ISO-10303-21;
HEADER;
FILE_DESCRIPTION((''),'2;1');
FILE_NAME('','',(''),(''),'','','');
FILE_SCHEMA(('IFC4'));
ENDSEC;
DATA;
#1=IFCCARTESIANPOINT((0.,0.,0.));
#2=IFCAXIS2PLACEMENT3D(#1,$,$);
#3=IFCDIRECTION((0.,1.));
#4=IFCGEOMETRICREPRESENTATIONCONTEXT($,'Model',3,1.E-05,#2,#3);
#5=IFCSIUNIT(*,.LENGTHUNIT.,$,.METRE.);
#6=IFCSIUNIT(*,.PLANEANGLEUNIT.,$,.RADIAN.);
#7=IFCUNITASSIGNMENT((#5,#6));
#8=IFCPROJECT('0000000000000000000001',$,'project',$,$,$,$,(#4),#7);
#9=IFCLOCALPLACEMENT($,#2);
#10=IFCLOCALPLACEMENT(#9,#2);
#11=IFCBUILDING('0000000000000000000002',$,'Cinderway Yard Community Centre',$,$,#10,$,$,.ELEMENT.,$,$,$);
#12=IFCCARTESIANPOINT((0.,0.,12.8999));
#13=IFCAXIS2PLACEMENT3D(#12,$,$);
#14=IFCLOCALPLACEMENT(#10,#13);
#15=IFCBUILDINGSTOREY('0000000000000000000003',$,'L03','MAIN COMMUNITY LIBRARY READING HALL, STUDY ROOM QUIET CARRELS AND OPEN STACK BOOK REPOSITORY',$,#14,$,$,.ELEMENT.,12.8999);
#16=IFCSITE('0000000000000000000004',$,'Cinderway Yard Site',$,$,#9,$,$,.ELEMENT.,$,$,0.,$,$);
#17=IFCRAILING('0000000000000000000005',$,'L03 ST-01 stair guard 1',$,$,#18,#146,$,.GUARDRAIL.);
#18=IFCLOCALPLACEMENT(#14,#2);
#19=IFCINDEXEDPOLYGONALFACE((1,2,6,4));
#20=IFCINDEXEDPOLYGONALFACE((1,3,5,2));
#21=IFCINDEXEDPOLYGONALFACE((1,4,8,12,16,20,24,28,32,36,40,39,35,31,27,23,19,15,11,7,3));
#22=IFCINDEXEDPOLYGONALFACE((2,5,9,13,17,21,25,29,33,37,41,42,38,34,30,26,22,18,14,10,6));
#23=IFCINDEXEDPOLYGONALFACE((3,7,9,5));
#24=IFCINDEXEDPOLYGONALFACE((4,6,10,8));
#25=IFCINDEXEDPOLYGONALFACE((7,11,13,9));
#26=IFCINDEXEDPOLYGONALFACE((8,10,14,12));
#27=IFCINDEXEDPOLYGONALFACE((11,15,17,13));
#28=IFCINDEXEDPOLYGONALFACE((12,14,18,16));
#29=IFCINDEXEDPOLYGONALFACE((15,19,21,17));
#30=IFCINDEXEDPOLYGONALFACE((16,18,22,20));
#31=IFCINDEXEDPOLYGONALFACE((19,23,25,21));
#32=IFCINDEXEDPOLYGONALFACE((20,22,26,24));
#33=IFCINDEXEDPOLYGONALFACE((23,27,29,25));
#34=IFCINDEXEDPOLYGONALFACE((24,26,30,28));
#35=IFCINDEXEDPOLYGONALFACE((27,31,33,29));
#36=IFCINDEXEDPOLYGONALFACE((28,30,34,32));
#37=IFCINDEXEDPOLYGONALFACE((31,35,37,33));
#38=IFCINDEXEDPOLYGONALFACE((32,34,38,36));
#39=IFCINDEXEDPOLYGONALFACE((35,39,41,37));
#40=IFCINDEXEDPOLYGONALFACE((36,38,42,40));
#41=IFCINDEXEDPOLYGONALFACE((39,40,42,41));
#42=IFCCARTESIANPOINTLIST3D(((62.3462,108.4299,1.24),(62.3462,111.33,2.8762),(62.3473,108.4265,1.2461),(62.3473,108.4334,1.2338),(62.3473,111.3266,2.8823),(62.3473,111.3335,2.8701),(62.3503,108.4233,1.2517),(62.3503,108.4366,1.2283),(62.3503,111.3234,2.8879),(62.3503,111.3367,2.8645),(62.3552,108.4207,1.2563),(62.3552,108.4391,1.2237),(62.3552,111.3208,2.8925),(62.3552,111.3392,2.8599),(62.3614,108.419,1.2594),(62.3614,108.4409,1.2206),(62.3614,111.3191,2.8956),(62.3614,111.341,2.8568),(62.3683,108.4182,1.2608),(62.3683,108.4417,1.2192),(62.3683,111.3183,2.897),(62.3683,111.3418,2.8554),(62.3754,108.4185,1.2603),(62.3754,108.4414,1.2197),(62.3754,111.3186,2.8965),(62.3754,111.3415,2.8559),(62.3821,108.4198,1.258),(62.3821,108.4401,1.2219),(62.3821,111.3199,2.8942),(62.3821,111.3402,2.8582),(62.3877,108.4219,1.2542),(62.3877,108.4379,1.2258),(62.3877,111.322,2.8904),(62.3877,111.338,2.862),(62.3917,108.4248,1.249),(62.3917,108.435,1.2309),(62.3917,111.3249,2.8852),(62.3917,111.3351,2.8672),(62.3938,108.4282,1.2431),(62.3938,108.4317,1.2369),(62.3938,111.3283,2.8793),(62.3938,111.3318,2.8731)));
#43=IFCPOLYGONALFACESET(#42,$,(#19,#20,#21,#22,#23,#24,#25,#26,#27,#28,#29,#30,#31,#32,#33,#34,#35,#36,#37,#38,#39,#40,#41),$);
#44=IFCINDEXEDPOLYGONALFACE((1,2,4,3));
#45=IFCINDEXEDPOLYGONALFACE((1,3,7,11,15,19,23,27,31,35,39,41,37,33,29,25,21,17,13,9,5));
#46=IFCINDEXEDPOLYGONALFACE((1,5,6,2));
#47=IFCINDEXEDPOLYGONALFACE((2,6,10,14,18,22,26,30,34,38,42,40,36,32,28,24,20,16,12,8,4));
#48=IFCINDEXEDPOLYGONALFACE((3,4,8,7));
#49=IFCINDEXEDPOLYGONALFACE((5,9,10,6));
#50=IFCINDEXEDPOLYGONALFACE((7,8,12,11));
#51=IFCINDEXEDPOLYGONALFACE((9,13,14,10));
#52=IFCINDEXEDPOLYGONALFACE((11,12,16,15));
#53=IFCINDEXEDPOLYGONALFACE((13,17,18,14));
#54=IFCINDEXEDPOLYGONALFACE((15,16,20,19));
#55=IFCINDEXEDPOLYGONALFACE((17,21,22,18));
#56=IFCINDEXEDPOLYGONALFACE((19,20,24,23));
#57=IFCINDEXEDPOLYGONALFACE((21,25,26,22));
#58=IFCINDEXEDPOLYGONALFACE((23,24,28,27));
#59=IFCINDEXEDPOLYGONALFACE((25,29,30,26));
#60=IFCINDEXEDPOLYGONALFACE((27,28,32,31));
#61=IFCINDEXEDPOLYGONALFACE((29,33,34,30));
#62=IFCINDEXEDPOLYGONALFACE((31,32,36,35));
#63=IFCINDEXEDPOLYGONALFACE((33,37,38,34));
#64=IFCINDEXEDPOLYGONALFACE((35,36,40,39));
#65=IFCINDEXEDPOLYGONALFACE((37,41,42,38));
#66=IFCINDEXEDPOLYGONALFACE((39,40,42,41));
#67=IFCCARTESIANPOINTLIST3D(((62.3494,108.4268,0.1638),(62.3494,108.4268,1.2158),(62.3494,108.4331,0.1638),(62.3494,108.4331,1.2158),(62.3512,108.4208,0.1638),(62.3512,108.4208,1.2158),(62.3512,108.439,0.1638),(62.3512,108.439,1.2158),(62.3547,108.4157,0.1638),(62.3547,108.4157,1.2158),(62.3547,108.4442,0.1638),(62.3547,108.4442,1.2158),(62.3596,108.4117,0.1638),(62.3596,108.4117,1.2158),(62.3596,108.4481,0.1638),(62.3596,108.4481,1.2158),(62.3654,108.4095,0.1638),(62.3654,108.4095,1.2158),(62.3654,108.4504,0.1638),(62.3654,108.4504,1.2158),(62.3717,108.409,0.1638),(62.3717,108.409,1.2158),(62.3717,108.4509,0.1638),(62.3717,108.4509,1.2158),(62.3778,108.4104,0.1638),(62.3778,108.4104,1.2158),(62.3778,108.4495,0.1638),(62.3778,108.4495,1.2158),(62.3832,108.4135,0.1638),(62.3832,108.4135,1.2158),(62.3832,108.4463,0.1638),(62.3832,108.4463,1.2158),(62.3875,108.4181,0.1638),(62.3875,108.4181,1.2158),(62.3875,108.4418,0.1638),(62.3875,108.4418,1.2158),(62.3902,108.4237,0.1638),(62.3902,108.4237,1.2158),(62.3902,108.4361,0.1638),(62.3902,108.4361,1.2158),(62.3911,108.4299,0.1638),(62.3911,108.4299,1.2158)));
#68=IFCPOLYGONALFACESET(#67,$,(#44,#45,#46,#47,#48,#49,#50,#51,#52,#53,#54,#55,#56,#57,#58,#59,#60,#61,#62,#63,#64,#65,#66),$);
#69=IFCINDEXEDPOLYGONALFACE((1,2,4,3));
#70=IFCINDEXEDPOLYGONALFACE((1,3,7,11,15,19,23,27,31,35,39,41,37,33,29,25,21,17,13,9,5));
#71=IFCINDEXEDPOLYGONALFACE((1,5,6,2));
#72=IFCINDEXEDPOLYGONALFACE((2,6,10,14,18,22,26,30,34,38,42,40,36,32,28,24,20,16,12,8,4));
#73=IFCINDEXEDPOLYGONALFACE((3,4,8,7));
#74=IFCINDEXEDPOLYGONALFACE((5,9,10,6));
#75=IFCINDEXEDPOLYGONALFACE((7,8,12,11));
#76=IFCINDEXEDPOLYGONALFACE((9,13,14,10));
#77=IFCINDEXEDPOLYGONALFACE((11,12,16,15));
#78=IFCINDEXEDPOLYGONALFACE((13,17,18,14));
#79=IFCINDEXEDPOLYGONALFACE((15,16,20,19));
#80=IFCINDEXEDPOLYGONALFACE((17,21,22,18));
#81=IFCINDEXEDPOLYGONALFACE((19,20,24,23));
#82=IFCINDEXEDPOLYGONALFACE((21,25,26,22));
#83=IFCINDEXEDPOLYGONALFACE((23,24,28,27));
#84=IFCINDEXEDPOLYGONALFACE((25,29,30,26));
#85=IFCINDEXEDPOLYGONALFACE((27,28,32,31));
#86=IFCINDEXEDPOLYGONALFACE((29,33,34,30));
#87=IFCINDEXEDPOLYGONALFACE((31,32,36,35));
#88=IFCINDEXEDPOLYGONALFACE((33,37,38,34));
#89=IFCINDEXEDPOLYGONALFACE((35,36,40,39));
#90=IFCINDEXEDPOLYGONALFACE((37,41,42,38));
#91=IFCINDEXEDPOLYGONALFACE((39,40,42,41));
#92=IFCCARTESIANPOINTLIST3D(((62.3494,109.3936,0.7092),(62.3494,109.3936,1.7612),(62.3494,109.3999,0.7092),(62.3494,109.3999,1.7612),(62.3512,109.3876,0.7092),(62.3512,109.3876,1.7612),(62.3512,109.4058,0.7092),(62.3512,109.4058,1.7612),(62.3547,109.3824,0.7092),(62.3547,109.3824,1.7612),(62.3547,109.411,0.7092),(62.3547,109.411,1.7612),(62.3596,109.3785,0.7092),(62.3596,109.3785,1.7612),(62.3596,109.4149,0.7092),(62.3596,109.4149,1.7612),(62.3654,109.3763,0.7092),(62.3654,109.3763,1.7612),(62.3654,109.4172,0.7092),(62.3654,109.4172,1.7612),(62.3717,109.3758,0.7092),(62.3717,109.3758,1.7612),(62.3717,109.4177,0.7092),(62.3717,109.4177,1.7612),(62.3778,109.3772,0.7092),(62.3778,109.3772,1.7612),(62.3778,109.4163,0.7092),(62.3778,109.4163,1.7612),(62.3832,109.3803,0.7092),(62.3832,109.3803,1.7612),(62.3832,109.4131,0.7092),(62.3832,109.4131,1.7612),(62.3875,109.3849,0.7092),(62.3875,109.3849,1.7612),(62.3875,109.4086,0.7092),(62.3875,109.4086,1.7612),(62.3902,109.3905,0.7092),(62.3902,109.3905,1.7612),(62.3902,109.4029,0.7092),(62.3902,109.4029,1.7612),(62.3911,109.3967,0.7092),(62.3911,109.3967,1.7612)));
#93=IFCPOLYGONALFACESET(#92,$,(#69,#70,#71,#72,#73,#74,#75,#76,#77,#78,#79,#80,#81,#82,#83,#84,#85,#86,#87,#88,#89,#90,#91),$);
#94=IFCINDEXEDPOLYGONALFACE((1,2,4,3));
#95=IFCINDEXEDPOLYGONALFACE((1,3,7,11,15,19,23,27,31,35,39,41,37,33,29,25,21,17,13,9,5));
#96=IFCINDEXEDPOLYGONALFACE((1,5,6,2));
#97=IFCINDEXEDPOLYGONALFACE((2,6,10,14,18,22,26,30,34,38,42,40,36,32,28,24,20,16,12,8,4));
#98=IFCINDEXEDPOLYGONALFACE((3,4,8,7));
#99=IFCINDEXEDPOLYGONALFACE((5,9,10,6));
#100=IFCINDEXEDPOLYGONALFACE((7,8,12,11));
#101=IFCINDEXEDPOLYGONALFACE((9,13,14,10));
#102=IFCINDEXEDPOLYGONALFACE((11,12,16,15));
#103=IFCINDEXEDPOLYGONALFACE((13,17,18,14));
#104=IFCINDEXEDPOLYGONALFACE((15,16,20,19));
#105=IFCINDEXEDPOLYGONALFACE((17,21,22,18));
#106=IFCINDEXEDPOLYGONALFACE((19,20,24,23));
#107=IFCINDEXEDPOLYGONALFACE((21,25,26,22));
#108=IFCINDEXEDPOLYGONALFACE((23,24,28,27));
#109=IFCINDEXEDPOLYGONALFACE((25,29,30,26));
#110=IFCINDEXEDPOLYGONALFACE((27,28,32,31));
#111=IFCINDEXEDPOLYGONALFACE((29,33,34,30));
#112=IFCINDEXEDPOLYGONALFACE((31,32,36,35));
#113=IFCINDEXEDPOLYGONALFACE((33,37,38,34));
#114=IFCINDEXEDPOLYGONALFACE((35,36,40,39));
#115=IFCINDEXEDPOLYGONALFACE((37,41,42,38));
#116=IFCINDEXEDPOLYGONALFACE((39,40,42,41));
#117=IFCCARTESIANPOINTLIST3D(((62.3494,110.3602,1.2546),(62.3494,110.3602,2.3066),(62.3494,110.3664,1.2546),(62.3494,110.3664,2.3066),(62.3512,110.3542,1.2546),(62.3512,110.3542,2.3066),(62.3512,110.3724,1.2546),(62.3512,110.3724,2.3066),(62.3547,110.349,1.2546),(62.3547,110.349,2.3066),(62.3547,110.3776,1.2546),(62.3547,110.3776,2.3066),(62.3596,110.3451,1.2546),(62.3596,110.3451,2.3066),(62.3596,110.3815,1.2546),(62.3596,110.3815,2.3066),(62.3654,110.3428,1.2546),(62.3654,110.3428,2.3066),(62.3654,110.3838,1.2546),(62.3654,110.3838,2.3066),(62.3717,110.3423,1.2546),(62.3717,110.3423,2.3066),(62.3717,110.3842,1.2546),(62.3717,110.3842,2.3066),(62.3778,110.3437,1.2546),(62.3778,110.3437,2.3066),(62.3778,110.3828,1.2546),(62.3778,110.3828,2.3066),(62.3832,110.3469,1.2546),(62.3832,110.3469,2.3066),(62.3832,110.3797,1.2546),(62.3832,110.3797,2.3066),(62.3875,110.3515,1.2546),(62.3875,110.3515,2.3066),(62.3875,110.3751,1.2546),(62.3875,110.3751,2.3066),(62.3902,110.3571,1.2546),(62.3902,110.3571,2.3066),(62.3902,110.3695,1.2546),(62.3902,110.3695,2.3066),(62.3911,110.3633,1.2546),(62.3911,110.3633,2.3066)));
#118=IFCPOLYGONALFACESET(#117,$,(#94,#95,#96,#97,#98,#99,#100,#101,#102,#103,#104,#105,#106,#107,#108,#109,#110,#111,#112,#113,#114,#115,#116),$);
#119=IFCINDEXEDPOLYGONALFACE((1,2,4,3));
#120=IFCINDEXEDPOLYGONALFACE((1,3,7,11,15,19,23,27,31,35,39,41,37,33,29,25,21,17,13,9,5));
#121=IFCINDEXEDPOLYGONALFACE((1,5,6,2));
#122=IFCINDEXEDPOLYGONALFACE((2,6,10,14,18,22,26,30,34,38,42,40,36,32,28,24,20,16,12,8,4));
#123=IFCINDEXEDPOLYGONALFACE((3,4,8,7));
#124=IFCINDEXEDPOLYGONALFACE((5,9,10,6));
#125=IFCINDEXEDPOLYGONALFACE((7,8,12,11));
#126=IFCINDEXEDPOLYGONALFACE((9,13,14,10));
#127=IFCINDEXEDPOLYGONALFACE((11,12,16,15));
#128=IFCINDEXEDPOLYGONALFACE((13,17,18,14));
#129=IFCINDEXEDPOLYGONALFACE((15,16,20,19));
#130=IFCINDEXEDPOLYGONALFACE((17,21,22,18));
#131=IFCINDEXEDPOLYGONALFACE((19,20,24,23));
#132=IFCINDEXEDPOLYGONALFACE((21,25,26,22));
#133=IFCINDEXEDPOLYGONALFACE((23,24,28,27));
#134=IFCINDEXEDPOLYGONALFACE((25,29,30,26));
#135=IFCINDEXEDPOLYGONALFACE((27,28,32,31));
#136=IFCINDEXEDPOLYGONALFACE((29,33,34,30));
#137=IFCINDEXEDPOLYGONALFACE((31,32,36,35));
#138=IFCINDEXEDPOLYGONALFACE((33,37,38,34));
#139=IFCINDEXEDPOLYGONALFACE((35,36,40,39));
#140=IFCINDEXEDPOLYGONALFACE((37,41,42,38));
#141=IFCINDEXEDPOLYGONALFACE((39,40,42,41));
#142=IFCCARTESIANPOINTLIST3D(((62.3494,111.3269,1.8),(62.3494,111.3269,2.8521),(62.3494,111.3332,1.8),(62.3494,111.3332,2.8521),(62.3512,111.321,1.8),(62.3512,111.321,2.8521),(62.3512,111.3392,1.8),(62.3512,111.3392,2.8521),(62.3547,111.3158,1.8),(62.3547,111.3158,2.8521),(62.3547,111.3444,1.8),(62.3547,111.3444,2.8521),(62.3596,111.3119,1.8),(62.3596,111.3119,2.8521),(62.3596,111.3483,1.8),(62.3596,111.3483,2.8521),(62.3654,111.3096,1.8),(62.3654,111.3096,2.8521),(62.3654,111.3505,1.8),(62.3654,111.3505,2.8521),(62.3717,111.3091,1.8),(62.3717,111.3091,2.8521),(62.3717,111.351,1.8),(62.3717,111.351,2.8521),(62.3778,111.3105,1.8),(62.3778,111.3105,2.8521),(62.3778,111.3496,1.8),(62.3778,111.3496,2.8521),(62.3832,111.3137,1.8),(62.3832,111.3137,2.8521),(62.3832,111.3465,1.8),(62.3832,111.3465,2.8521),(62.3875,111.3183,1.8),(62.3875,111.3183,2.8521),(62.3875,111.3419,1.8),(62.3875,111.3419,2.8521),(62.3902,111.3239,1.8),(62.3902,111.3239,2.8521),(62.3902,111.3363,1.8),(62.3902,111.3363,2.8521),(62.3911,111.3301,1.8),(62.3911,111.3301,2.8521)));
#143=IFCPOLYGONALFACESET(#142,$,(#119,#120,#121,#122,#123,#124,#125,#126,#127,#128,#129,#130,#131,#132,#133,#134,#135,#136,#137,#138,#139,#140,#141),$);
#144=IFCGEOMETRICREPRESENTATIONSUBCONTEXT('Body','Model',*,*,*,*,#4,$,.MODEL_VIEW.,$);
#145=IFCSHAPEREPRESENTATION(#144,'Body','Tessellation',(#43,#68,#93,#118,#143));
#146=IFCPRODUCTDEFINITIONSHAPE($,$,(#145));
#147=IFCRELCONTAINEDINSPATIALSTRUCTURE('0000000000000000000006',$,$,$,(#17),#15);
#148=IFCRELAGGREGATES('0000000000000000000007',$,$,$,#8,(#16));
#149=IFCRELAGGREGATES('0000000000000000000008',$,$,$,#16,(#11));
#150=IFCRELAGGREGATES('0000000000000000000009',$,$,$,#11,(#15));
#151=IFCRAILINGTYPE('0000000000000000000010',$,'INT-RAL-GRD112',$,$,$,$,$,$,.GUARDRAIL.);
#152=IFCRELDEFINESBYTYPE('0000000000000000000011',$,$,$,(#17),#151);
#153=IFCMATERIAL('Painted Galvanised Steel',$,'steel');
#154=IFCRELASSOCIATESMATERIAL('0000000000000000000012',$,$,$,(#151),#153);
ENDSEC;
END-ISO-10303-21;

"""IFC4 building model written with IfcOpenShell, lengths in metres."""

from ifc_helpers import new_model, si_unit, direction, frame, origin, origin_2d, place, context, subcontext, project, spatial, circle, extrude, material, type_object, element, save


model = new_model("IFC4")

# Units and contexts
model_context = context("Model", 3, precision=1e-05, world=origin(), true_north=direction((0.0, 1.0)))
body_context = subcontext(model_context, "Body", "Model", "MODEL_VIEW")
ifc_project = project(units=[si_unit("LENGTHUNIT", "METRE"), si_unit("PLANEANGLEUNIT", "RADIAN")], contexts=[model_context])

# Site, building, storey
site_placement = place(None, origin())
site = spatial("IfcSite", under=ifc_project, at=site_placement, Name="Cinderway Yard Site", CompositionType="ELEMENT", RefElevation=0.0)
building_placement = place(site_placement, origin())
building = spatial("IfcBuilding", under=site, at=building_placement, Name="Cinderway Yard Community Centre", CompositionType="ELEMENT")
storey_placement = place(building_placement, frame((0.0, 0.0, 12.8999)))
storey = spatial("IfcBuildingStorey", under=building, at=storey_placement, Name="L03", Description="MAIN COMMUNITY LIBRARY READING HALL, STUDY ROOM QUIET CARRELS AND OPEN STACK BOOK REPOSITORY", CompositionType="ELEMENT", Elevation=12.8999)

# Shared definitions
ifc_material_1 = material(Name="Painted Galvanised Steel", Category="steel")

# Railing
railing_type_1 = type_object("IfcRailingType", Name="INT-RAL-GRD112", PredefinedType="GUARDRAIL", material=ifc_material_1)
railing_1_placement = place(storey_placement, frame((62.3701, 108.4299, 0.1638)))
element("IfcRailing", 1, at=railing_1_placement, inside=storey, type_object=railing_type_1, Name="L03 ST-01 stair guard 1", PredefinedType="GUARDRAIL", context=body_context, shape_type="SweptSolid", body=[
    extrude(circle(Radius=0.0239, at=origin_2d()), frame((0.0, 0.0, 1.0762), z_axis=(0.0, 0.870946, 0.491378), x_axis=(-1.0, 0.0, 0.0)), (0.0, 0.0, 1.0), 3.3298),
    extrude(circle(Radius=0.021, at=origin_2d()), origin(), (0.0, 0.0, 1.0), 1.052),
    extrude(circle(Radius=0.021, at=origin_2d()), frame((0.0, 0.9668, 0.5454)), (0.0, 0.0, 1.0), 1.052),
    extrude(circle(Radius=0.021, at=origin_2d()), frame((0.0, 1.9333, 1.0908)), (0.0, 0.0, 1.0), 1.052),
    extrude(circle(Radius=0.021, at=origin_2d()), frame((0.0, 2.9001, 1.6362)), (0.0, 0.0, 1.0), 1.052),
])

save(model, "model.ifc")
